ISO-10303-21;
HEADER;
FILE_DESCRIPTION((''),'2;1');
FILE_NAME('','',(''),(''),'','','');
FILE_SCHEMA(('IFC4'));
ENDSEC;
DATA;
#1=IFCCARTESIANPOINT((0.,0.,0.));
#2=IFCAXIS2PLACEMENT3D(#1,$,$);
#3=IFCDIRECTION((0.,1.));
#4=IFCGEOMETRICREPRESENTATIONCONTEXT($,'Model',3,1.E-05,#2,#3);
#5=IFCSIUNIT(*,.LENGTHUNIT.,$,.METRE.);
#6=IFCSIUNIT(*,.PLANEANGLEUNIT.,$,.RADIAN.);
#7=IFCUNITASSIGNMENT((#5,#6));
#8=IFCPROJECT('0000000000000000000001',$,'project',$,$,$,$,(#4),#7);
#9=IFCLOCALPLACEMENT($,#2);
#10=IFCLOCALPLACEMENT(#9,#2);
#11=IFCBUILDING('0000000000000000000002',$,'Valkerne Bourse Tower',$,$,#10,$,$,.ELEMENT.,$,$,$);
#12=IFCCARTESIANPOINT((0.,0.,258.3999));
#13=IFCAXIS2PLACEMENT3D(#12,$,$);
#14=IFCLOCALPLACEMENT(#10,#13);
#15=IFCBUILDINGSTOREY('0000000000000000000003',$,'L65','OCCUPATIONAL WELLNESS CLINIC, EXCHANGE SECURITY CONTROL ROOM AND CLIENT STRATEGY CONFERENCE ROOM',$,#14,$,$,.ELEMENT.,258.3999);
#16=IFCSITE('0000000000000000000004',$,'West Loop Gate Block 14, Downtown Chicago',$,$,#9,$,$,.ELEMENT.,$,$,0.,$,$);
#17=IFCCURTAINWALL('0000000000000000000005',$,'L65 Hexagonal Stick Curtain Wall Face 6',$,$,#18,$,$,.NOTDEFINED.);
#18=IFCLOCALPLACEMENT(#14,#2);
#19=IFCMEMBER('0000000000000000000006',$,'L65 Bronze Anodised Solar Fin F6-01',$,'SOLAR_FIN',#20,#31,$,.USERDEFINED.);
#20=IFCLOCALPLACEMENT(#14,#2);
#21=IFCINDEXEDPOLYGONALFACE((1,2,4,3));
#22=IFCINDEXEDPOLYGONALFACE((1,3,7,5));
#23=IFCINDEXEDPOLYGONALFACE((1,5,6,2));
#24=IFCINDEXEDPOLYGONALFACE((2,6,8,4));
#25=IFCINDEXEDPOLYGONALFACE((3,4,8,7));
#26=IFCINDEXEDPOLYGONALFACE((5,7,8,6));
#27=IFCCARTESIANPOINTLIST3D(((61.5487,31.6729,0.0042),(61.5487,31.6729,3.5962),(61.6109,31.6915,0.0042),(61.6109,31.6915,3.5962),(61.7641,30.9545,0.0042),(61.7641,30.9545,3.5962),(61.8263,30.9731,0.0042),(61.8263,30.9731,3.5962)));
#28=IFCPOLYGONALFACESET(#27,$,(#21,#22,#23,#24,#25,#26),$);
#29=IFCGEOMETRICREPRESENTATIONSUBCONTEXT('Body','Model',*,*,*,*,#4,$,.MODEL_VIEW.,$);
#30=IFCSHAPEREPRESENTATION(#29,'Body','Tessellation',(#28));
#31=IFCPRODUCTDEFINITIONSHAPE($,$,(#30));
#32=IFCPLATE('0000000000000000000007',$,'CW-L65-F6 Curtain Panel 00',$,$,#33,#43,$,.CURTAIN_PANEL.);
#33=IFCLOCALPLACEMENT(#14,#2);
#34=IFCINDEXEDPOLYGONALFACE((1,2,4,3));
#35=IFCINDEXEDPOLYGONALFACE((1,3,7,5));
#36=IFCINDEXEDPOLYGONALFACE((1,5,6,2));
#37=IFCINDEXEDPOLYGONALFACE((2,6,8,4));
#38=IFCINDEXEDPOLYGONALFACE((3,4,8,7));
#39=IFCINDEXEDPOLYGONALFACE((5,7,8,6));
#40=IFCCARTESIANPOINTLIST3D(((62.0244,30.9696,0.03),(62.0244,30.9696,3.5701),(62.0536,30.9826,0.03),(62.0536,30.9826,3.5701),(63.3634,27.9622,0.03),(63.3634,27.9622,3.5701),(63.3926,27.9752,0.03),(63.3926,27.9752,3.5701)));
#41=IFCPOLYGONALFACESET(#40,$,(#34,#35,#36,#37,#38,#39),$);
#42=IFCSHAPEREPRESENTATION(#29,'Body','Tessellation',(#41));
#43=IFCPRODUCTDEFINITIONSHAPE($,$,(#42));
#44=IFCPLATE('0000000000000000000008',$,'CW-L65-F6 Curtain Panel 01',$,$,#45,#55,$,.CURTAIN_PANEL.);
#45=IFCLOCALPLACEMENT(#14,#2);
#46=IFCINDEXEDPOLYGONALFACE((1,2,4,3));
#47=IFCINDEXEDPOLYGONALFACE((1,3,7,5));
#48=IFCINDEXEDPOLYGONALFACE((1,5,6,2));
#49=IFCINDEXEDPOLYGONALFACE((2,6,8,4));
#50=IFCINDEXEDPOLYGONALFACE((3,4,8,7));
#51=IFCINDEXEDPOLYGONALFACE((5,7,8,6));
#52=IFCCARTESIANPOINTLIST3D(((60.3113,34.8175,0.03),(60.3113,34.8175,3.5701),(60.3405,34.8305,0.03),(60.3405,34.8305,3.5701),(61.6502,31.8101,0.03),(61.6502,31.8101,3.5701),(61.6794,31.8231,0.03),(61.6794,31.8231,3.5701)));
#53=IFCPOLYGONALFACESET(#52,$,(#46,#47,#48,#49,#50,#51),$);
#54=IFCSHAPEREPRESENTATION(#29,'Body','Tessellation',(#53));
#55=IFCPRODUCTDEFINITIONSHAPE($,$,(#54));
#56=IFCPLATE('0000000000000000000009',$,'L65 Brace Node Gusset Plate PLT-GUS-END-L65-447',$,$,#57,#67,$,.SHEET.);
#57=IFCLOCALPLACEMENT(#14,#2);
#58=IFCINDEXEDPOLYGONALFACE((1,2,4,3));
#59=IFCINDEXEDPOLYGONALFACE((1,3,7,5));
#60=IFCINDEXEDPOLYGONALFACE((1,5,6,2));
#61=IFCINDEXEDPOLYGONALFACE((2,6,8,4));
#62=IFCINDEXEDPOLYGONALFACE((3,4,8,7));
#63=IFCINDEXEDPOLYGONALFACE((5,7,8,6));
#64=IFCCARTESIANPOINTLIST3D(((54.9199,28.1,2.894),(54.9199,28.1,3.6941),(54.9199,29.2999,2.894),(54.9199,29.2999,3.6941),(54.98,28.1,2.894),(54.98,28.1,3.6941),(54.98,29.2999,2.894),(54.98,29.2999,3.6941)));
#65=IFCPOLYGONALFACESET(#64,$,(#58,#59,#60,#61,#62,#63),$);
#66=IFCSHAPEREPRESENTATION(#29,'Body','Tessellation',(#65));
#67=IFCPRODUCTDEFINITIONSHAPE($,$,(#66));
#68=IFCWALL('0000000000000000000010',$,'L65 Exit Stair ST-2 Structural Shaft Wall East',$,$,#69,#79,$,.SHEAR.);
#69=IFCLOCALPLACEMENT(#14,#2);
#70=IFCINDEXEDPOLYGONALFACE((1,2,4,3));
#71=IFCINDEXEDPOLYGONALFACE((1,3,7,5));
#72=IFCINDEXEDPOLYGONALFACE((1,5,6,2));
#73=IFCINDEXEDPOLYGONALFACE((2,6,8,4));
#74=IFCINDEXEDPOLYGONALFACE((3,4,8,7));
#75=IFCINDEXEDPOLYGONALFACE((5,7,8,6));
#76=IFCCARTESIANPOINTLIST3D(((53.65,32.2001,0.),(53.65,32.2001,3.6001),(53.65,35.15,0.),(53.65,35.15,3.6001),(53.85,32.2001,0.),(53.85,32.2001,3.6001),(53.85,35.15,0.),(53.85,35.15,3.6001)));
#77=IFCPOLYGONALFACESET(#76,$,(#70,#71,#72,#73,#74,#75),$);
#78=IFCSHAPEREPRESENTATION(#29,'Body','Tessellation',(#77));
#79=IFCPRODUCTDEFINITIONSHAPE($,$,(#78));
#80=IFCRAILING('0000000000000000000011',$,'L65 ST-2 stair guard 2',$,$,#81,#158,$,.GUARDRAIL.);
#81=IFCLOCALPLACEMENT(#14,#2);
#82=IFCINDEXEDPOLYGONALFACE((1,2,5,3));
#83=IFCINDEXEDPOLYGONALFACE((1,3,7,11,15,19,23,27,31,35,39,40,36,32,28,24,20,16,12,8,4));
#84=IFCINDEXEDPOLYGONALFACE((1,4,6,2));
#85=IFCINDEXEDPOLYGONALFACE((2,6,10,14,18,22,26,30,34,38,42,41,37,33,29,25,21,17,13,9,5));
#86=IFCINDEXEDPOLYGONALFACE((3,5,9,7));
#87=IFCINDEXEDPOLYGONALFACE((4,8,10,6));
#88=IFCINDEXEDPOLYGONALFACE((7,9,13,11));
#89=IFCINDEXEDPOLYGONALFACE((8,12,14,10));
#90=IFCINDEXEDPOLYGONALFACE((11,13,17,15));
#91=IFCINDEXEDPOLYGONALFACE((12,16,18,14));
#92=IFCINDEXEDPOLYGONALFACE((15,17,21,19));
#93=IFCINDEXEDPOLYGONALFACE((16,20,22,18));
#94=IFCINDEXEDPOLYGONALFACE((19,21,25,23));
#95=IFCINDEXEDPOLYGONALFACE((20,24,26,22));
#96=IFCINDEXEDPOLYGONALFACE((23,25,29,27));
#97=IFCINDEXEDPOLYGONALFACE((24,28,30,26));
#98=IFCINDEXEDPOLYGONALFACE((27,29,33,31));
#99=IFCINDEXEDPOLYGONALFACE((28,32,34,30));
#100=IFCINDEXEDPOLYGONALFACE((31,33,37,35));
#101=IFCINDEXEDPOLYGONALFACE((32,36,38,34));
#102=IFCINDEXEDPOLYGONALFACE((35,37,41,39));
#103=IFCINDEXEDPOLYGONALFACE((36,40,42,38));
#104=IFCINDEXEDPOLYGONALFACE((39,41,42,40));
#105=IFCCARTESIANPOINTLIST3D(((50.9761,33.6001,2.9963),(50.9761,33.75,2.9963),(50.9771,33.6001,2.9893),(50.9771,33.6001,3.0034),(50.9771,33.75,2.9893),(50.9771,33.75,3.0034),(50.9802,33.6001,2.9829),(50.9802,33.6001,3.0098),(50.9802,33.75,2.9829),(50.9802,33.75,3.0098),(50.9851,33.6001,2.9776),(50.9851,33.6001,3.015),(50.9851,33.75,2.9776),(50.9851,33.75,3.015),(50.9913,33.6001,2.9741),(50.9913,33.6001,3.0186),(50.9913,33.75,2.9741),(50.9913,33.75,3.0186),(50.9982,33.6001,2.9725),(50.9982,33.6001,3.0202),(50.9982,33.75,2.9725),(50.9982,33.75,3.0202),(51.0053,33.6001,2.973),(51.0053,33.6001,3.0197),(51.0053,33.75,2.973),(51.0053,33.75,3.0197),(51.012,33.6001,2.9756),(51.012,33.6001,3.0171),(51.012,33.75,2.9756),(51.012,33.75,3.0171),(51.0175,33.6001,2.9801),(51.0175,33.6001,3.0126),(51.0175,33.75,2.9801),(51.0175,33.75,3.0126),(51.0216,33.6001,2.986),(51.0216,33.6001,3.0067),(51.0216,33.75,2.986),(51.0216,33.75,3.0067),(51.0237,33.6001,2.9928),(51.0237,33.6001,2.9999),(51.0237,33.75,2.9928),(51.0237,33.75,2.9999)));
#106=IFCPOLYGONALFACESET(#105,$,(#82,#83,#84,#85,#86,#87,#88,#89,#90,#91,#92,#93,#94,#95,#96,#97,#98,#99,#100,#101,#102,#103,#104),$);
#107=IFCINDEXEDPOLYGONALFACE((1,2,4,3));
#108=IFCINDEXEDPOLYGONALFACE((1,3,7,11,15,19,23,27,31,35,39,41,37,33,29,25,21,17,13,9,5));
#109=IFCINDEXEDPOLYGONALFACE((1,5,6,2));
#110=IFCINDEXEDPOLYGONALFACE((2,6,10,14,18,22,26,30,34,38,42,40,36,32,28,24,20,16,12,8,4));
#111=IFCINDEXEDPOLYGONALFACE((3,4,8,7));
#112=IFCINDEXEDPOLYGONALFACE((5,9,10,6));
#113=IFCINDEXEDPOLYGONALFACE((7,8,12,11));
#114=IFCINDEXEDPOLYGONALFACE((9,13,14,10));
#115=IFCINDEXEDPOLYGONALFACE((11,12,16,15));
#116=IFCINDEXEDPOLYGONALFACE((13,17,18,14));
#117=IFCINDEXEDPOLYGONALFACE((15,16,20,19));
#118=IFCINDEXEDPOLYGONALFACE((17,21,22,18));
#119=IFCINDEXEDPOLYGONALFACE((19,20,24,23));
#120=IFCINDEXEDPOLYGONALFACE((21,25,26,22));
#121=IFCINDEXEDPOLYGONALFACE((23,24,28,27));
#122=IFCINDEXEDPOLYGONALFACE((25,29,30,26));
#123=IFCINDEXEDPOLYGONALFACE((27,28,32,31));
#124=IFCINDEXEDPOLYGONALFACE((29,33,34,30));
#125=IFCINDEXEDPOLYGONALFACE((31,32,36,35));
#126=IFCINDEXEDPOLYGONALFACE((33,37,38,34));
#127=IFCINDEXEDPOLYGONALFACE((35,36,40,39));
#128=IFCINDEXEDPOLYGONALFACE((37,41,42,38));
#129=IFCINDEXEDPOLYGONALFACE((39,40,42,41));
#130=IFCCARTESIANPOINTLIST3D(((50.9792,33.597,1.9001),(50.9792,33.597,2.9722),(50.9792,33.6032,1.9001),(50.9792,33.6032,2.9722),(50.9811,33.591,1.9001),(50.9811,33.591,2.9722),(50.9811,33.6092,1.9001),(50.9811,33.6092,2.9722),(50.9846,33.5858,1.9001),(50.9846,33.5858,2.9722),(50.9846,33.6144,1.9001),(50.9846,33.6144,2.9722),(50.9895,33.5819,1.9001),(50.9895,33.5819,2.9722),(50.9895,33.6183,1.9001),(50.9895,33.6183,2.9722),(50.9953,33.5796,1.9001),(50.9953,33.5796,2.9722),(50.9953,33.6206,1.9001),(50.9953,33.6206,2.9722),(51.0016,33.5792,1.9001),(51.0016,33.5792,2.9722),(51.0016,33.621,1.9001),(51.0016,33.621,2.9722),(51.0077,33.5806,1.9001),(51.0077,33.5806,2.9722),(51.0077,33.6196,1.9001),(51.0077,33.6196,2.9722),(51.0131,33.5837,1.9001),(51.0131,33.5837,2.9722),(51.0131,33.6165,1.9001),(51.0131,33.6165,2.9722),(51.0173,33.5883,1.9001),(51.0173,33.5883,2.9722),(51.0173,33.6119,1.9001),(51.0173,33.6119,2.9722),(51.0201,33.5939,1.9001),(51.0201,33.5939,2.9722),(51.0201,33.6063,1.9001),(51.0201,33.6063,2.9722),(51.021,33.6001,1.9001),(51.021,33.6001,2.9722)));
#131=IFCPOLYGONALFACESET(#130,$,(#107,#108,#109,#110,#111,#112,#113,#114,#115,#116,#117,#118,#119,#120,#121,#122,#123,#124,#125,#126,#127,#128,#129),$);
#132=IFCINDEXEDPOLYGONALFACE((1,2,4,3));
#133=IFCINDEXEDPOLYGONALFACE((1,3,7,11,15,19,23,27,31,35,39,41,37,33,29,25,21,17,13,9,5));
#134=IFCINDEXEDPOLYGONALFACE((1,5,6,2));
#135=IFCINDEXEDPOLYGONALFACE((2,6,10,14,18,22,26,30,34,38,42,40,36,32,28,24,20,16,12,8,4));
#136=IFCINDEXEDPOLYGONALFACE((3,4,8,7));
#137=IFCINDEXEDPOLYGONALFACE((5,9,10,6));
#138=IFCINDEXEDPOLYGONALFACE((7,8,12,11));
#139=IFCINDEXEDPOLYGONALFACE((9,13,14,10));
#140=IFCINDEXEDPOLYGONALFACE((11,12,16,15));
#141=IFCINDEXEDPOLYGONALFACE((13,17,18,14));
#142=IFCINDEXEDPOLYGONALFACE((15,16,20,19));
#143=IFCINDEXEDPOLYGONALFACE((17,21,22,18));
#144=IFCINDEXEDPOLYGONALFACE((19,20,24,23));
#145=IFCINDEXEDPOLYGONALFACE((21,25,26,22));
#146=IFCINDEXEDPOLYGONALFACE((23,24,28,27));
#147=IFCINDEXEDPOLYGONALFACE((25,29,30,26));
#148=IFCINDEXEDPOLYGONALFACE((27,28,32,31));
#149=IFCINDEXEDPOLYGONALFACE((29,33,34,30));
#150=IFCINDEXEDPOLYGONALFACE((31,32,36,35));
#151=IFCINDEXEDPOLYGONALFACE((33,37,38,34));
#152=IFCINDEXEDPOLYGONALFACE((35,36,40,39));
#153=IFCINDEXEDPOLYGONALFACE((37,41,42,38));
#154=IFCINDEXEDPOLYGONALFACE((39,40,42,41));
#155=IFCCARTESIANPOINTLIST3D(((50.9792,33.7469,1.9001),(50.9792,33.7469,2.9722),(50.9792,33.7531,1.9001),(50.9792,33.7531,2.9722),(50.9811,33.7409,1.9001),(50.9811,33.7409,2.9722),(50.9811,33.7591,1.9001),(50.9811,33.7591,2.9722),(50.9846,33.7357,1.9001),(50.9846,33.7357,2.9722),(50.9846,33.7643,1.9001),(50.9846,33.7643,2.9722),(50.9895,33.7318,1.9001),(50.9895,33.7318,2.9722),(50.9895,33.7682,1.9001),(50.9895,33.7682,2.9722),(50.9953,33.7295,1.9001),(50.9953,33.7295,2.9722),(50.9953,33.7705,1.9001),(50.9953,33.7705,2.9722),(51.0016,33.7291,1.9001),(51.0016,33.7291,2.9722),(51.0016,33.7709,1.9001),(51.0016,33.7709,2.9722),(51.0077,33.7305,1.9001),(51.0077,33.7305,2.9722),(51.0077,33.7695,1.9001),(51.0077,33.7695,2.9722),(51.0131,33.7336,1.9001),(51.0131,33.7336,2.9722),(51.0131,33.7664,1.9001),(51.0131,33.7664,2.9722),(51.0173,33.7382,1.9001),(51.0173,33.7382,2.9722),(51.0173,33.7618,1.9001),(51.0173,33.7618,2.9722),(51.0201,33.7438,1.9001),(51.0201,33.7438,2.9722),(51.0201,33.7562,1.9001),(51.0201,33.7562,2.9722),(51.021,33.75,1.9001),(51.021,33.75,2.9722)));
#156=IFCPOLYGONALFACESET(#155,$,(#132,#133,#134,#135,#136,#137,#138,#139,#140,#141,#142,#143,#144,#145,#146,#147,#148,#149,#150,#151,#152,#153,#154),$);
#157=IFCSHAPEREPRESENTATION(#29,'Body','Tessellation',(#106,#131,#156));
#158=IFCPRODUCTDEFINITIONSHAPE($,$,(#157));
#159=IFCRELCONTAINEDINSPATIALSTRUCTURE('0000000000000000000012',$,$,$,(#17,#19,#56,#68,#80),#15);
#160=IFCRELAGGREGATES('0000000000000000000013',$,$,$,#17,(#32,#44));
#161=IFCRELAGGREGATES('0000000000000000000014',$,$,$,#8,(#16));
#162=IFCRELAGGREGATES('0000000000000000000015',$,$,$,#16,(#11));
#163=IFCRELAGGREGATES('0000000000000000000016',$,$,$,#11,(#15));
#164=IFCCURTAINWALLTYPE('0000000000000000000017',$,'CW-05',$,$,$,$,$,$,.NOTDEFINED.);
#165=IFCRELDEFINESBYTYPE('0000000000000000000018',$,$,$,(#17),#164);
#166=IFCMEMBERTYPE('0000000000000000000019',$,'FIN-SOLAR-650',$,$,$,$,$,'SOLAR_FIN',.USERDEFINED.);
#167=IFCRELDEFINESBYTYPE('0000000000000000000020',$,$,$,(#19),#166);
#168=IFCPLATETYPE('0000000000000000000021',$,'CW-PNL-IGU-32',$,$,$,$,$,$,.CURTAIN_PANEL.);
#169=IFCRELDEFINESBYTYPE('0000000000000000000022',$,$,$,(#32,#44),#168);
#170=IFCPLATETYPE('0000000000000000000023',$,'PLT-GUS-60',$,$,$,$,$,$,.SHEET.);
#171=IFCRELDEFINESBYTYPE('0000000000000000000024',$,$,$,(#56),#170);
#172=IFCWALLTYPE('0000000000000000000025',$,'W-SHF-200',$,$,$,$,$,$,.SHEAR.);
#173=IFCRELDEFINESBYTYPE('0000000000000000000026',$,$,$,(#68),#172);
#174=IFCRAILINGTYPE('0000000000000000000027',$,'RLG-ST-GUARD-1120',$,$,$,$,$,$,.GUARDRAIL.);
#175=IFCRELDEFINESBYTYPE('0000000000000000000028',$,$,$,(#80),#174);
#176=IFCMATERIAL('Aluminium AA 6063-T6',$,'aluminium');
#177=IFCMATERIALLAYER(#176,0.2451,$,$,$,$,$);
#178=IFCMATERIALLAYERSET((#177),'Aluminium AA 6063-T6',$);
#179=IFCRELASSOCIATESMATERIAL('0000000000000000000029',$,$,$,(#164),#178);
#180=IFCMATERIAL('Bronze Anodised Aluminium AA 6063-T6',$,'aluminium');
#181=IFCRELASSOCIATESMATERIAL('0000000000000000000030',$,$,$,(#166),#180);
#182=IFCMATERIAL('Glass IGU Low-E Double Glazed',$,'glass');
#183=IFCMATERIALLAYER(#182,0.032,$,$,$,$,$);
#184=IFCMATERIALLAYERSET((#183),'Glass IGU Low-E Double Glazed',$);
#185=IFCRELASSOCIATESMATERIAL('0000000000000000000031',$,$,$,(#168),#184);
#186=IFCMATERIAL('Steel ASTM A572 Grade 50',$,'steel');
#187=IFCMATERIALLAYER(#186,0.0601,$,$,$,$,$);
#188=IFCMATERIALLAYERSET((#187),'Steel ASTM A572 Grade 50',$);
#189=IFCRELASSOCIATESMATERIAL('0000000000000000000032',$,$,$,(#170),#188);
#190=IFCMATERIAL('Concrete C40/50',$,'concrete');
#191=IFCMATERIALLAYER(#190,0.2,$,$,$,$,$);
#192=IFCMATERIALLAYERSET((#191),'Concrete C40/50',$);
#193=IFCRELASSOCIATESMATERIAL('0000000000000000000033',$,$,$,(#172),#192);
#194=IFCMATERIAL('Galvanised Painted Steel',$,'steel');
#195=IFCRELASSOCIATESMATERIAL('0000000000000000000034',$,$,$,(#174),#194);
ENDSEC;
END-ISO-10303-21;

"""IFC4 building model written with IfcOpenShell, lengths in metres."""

from ifc_helpers import new_model, si_unit, direction, frame, frame_2d, origin, origin_2d, place, context, subcontext, project, spatial, rectangle, circle, extrude, material, layer, layer_set, material_profile, profile_set, type_object, element, aggregate, save


model = new_model("IFC4")

# Units and contexts
model_context = context("Model", 3, precision=1e-05, world=origin(), true_north=direction((0.0, 1.0)))
body_context = subcontext(model_context, "Body", "Model", "MODEL_VIEW")
ifc_project = project(units=[si_unit("LENGTHUNIT", "METRE"), si_unit("PLANEANGLEUNIT", "RADIAN")], contexts=[model_context])

# Site, building, storey
site_placement = place(None, origin())
site = spatial("IfcSite", under=ifc_project, at=site_placement, Name="West Loop Gate Block 14, Downtown Chicago", CompositionType="ELEMENT", RefElevation=0.0)
building_placement = place(site_placement, origin())
building = spatial("IfcBuilding", under=site, at=building_placement, Name="Valkerne Bourse Tower", CompositionType="ELEMENT")
storey_placement = place(building_placement, frame((0.0, 0.0, 258.3999)))
storey = spatial("IfcBuildingStorey", under=building, at=storey_placement, Name="L65", Description="OCCUPATIONAL WELLNESS CLINIC, EXCHANGE SECURITY CONTROL ROOM AND CLIENT STRATEGY CONFERENCE ROOM", CompositionType="ELEMENT", Elevation=258.3999)

# Curtain wall
ifc_material_1 = material(Name="Aluminium AA 6063-T6", Category="aluminium")
ifc_layer_1 = layer(ifc_material_1, 0.2451)
ifc_layer_set_1 = layer_set([ifc_layer_1], Name="Aluminium AA 6063-T6")
curtain_wall_type = type_object("IfcCurtainWallType", Name="CW-05", PredefinedType="NOTDEFINED", material=ifc_layer_set_1)
curtain_wall_placement = place(storey_placement, origin())
curtain_wall = element("IfcCurtainWall", 1, at=curtain_wall_placement, inside=storey, type_object=curtain_wall_type, Name="L65 Hexagonal Stick Curtain Wall Face 6", PredefinedType="NOTDEFINED")

# Member
ifc_material_2 = material(Name="Bronze Anodised Aluminium AA 6063-T6", Category="aluminium")
ifc_material_profile_1 = material_profile(ifc_material_2, rectangle(XDim=0.0649, YDim=0.75, at=origin_2d()), Name="FIN-65X750")
ifc_profile_set_1 = profile_set([ifc_material_profile_1], Name="Bronze Anodised Aluminium AA 6063-T6")
member_type_1 = type_object("IfcMemberType", Name="FIN-SOLAR-650", ElementType="SOLAR_FIN", PredefinedType="USERDEFINED", material=ifc_profile_set_1)
member_1_placement = place(storey_placement, frame((61.6875, 31.323, 0.0042), z_axis=(0.0, 0.0, 1.0), x_axis=(0.9579, 0.287102, 0.0)))
element("IfcMember", 2, at=member_1_placement, inside=storey, type_object=member_type_1, Name="L65 Bronze Anodised Solar Fin F6-01", ObjectType="SOLAR_FIN", PredefinedType="USERDEFINED", context=body_context, shape_type="SweptSolid", body=[
    extrude(rectangle(XDim=0.0649, YDim=0.75, at=origin_2d()), origin(), (0.0, 0.0, 1.0), 3.592),
])

# Plates
ifc_material_3 = material(Name="Glass IGU Low-E Double Glazed", Category="glass")
ifc_layer_2 = layer(ifc_material_3, 0.032)
ifc_layer_set_2 = layer_set([ifc_layer_2], Name="Glass IGU Low-E Double Glazed")
plate_type_1 = type_object("IfcPlateType", Name="CW-PNL-IGU-32", PredefinedType="CURTAIN_PANEL", material=ifc_layer_set_2)
plate_1_placement = place(storey_placement, frame((62.7085, 29.4724, 0.03), z_axis=(0.0, 0.0, 1.0), x_axis=(-0.406738, 0.913545, 0.0)))
plate_1 = element("IfcPlate", 3, at=plate_1_placement, type_object=plate_type_1, Name="CW-L65-F6 Curtain Panel 00", PredefinedType="CURTAIN_PANEL", context=body_context, shape_type="SweptSolid", body=[
    extrude(rectangle(XDim=3.292, YDim=0.032, at=origin_2d()), origin(), (0.0, 0.0, 1.0), 3.54),
])
plate_2_placement = place(storey_placement, frame((60.9954, 33.3203, 0.03), z_axis=(0.0, 0.0, 1.0), x_axis=(-0.406727, 0.91355, 0.0)))
plate_2 = element("IfcPlate", 4, at=plate_2_placement, type_object=plate_type_1, Name="CW-L65-F6 Curtain Panel 01", PredefinedType="CURTAIN_PANEL", context=body_context, shape_type="SweptSolid", body=[
    extrude(rectangle(XDim=3.292, YDim=0.032, at=origin_2d()), origin(), (0.0, 0.0, 1.0), 3.54),
])
aggregate(curtain_wall, [plate_1, plate_2])
ifc_material_4 = material(Name="Steel ASTM A572 Grade 50", Category="steel")
ifc_layer_3 = layer(ifc_material_4, 0.0601)
ifc_layer_set_3 = layer_set([ifc_layer_3], Name="Steel ASTM A572 Grade 50")
plate_type_2 = type_object("IfcPlateType", Name="PLT-GUS-60", PredefinedType="SHEET", material=ifc_layer_set_3)
plate_3_placement = place(storey_placement, frame((54.95, 28.7, 2.894), z_axis=(0.0, 0.0, 1.0), x_axis=(0.0, 1.0, 0.0)))
element("IfcPlate", 5, at=plate_3_placement, inside=storey, type_object=plate_type_2, Name="L65 Brace Node Gusset Plate PLT-GUS-END-L65-447", PredefinedType="SHEET", context=body_context, shape_type="SweptSolid", body=[
    extrude(rectangle(XDim=1.2, YDim=0.0601, at=origin_2d()), origin(), (0.0, 0.0, 1.0), 0.8),
])

# Wall
ifc_material_5 = material(Name="Concrete C40/50", Category="concrete")
ifc_layer_4 = layer(ifc_material_5, 0.2)
ifc_layer_set_4 = layer_set([ifc_layer_4], Name="Concrete C40/50")
wall_type = type_object("IfcWallType", Name="W-SHF-200", PredefinedType="SHEAR", material=ifc_layer_set_4)
wall_placement = place(storey_placement, frame((53.75, 32.2, 0.0), z_axis=(0.0, 0.0, 1.0), x_axis=(0.0, 1.0, 0.0)))
element("IfcWall", 6, at=wall_placement, inside=storey, type_object=wall_type, Name="L65 Exit Stair ST-2 Structural Shaft Wall East", PredefinedType="SHEAR", context=body_context, shape_type="SweptSolid", body=[
    extrude(rectangle(XDim=2.95, YDim=0.2, at=frame_2d((1.4751, 0.0))), origin(), (0.0, 0.0, 1.0), 3.6001),
])

# Railing
ifc_material_6 = material(Name="Galvanised Painted Steel", Category="steel")
railing_type = type_object("IfcRailingType", Name="RLG-ST-GUARD-1120", PredefinedType="GUARDRAIL", material=ifc_material_6)
railing_1_placement = place(storey_placement, frame((51.0, 33.6001, 1.9001)))
element("IfcRailing", 7, at=railing_1_placement, inside=storey, type_object=railing_type, Name="L65 ST-2 stair guard 2", PredefinedType="GUARDRAIL", context=body_context, shape_type="SweptSolid", body=[
    extrude(circle(Radius=0.0239, at=origin_2d()), frame((0.0, 0.0, 1.0962), z_axis=(0.0, 1.0, 0.0), x_axis=(-1.0, 0.0, 0.0)), (0.0, 0.0, 1.0), 0.1499),
    extrude(circle(Radius=0.021, at=origin_2d()), origin(), (0.0, 0.0, 1.0), 1.072),
    extrude(circle(Radius=0.021, at=origin_2d()), frame((0.0, 0.1499, 0.0)), (0.0, 0.0, 1.0), 1.072),
])

save(model, "model.ifc")
